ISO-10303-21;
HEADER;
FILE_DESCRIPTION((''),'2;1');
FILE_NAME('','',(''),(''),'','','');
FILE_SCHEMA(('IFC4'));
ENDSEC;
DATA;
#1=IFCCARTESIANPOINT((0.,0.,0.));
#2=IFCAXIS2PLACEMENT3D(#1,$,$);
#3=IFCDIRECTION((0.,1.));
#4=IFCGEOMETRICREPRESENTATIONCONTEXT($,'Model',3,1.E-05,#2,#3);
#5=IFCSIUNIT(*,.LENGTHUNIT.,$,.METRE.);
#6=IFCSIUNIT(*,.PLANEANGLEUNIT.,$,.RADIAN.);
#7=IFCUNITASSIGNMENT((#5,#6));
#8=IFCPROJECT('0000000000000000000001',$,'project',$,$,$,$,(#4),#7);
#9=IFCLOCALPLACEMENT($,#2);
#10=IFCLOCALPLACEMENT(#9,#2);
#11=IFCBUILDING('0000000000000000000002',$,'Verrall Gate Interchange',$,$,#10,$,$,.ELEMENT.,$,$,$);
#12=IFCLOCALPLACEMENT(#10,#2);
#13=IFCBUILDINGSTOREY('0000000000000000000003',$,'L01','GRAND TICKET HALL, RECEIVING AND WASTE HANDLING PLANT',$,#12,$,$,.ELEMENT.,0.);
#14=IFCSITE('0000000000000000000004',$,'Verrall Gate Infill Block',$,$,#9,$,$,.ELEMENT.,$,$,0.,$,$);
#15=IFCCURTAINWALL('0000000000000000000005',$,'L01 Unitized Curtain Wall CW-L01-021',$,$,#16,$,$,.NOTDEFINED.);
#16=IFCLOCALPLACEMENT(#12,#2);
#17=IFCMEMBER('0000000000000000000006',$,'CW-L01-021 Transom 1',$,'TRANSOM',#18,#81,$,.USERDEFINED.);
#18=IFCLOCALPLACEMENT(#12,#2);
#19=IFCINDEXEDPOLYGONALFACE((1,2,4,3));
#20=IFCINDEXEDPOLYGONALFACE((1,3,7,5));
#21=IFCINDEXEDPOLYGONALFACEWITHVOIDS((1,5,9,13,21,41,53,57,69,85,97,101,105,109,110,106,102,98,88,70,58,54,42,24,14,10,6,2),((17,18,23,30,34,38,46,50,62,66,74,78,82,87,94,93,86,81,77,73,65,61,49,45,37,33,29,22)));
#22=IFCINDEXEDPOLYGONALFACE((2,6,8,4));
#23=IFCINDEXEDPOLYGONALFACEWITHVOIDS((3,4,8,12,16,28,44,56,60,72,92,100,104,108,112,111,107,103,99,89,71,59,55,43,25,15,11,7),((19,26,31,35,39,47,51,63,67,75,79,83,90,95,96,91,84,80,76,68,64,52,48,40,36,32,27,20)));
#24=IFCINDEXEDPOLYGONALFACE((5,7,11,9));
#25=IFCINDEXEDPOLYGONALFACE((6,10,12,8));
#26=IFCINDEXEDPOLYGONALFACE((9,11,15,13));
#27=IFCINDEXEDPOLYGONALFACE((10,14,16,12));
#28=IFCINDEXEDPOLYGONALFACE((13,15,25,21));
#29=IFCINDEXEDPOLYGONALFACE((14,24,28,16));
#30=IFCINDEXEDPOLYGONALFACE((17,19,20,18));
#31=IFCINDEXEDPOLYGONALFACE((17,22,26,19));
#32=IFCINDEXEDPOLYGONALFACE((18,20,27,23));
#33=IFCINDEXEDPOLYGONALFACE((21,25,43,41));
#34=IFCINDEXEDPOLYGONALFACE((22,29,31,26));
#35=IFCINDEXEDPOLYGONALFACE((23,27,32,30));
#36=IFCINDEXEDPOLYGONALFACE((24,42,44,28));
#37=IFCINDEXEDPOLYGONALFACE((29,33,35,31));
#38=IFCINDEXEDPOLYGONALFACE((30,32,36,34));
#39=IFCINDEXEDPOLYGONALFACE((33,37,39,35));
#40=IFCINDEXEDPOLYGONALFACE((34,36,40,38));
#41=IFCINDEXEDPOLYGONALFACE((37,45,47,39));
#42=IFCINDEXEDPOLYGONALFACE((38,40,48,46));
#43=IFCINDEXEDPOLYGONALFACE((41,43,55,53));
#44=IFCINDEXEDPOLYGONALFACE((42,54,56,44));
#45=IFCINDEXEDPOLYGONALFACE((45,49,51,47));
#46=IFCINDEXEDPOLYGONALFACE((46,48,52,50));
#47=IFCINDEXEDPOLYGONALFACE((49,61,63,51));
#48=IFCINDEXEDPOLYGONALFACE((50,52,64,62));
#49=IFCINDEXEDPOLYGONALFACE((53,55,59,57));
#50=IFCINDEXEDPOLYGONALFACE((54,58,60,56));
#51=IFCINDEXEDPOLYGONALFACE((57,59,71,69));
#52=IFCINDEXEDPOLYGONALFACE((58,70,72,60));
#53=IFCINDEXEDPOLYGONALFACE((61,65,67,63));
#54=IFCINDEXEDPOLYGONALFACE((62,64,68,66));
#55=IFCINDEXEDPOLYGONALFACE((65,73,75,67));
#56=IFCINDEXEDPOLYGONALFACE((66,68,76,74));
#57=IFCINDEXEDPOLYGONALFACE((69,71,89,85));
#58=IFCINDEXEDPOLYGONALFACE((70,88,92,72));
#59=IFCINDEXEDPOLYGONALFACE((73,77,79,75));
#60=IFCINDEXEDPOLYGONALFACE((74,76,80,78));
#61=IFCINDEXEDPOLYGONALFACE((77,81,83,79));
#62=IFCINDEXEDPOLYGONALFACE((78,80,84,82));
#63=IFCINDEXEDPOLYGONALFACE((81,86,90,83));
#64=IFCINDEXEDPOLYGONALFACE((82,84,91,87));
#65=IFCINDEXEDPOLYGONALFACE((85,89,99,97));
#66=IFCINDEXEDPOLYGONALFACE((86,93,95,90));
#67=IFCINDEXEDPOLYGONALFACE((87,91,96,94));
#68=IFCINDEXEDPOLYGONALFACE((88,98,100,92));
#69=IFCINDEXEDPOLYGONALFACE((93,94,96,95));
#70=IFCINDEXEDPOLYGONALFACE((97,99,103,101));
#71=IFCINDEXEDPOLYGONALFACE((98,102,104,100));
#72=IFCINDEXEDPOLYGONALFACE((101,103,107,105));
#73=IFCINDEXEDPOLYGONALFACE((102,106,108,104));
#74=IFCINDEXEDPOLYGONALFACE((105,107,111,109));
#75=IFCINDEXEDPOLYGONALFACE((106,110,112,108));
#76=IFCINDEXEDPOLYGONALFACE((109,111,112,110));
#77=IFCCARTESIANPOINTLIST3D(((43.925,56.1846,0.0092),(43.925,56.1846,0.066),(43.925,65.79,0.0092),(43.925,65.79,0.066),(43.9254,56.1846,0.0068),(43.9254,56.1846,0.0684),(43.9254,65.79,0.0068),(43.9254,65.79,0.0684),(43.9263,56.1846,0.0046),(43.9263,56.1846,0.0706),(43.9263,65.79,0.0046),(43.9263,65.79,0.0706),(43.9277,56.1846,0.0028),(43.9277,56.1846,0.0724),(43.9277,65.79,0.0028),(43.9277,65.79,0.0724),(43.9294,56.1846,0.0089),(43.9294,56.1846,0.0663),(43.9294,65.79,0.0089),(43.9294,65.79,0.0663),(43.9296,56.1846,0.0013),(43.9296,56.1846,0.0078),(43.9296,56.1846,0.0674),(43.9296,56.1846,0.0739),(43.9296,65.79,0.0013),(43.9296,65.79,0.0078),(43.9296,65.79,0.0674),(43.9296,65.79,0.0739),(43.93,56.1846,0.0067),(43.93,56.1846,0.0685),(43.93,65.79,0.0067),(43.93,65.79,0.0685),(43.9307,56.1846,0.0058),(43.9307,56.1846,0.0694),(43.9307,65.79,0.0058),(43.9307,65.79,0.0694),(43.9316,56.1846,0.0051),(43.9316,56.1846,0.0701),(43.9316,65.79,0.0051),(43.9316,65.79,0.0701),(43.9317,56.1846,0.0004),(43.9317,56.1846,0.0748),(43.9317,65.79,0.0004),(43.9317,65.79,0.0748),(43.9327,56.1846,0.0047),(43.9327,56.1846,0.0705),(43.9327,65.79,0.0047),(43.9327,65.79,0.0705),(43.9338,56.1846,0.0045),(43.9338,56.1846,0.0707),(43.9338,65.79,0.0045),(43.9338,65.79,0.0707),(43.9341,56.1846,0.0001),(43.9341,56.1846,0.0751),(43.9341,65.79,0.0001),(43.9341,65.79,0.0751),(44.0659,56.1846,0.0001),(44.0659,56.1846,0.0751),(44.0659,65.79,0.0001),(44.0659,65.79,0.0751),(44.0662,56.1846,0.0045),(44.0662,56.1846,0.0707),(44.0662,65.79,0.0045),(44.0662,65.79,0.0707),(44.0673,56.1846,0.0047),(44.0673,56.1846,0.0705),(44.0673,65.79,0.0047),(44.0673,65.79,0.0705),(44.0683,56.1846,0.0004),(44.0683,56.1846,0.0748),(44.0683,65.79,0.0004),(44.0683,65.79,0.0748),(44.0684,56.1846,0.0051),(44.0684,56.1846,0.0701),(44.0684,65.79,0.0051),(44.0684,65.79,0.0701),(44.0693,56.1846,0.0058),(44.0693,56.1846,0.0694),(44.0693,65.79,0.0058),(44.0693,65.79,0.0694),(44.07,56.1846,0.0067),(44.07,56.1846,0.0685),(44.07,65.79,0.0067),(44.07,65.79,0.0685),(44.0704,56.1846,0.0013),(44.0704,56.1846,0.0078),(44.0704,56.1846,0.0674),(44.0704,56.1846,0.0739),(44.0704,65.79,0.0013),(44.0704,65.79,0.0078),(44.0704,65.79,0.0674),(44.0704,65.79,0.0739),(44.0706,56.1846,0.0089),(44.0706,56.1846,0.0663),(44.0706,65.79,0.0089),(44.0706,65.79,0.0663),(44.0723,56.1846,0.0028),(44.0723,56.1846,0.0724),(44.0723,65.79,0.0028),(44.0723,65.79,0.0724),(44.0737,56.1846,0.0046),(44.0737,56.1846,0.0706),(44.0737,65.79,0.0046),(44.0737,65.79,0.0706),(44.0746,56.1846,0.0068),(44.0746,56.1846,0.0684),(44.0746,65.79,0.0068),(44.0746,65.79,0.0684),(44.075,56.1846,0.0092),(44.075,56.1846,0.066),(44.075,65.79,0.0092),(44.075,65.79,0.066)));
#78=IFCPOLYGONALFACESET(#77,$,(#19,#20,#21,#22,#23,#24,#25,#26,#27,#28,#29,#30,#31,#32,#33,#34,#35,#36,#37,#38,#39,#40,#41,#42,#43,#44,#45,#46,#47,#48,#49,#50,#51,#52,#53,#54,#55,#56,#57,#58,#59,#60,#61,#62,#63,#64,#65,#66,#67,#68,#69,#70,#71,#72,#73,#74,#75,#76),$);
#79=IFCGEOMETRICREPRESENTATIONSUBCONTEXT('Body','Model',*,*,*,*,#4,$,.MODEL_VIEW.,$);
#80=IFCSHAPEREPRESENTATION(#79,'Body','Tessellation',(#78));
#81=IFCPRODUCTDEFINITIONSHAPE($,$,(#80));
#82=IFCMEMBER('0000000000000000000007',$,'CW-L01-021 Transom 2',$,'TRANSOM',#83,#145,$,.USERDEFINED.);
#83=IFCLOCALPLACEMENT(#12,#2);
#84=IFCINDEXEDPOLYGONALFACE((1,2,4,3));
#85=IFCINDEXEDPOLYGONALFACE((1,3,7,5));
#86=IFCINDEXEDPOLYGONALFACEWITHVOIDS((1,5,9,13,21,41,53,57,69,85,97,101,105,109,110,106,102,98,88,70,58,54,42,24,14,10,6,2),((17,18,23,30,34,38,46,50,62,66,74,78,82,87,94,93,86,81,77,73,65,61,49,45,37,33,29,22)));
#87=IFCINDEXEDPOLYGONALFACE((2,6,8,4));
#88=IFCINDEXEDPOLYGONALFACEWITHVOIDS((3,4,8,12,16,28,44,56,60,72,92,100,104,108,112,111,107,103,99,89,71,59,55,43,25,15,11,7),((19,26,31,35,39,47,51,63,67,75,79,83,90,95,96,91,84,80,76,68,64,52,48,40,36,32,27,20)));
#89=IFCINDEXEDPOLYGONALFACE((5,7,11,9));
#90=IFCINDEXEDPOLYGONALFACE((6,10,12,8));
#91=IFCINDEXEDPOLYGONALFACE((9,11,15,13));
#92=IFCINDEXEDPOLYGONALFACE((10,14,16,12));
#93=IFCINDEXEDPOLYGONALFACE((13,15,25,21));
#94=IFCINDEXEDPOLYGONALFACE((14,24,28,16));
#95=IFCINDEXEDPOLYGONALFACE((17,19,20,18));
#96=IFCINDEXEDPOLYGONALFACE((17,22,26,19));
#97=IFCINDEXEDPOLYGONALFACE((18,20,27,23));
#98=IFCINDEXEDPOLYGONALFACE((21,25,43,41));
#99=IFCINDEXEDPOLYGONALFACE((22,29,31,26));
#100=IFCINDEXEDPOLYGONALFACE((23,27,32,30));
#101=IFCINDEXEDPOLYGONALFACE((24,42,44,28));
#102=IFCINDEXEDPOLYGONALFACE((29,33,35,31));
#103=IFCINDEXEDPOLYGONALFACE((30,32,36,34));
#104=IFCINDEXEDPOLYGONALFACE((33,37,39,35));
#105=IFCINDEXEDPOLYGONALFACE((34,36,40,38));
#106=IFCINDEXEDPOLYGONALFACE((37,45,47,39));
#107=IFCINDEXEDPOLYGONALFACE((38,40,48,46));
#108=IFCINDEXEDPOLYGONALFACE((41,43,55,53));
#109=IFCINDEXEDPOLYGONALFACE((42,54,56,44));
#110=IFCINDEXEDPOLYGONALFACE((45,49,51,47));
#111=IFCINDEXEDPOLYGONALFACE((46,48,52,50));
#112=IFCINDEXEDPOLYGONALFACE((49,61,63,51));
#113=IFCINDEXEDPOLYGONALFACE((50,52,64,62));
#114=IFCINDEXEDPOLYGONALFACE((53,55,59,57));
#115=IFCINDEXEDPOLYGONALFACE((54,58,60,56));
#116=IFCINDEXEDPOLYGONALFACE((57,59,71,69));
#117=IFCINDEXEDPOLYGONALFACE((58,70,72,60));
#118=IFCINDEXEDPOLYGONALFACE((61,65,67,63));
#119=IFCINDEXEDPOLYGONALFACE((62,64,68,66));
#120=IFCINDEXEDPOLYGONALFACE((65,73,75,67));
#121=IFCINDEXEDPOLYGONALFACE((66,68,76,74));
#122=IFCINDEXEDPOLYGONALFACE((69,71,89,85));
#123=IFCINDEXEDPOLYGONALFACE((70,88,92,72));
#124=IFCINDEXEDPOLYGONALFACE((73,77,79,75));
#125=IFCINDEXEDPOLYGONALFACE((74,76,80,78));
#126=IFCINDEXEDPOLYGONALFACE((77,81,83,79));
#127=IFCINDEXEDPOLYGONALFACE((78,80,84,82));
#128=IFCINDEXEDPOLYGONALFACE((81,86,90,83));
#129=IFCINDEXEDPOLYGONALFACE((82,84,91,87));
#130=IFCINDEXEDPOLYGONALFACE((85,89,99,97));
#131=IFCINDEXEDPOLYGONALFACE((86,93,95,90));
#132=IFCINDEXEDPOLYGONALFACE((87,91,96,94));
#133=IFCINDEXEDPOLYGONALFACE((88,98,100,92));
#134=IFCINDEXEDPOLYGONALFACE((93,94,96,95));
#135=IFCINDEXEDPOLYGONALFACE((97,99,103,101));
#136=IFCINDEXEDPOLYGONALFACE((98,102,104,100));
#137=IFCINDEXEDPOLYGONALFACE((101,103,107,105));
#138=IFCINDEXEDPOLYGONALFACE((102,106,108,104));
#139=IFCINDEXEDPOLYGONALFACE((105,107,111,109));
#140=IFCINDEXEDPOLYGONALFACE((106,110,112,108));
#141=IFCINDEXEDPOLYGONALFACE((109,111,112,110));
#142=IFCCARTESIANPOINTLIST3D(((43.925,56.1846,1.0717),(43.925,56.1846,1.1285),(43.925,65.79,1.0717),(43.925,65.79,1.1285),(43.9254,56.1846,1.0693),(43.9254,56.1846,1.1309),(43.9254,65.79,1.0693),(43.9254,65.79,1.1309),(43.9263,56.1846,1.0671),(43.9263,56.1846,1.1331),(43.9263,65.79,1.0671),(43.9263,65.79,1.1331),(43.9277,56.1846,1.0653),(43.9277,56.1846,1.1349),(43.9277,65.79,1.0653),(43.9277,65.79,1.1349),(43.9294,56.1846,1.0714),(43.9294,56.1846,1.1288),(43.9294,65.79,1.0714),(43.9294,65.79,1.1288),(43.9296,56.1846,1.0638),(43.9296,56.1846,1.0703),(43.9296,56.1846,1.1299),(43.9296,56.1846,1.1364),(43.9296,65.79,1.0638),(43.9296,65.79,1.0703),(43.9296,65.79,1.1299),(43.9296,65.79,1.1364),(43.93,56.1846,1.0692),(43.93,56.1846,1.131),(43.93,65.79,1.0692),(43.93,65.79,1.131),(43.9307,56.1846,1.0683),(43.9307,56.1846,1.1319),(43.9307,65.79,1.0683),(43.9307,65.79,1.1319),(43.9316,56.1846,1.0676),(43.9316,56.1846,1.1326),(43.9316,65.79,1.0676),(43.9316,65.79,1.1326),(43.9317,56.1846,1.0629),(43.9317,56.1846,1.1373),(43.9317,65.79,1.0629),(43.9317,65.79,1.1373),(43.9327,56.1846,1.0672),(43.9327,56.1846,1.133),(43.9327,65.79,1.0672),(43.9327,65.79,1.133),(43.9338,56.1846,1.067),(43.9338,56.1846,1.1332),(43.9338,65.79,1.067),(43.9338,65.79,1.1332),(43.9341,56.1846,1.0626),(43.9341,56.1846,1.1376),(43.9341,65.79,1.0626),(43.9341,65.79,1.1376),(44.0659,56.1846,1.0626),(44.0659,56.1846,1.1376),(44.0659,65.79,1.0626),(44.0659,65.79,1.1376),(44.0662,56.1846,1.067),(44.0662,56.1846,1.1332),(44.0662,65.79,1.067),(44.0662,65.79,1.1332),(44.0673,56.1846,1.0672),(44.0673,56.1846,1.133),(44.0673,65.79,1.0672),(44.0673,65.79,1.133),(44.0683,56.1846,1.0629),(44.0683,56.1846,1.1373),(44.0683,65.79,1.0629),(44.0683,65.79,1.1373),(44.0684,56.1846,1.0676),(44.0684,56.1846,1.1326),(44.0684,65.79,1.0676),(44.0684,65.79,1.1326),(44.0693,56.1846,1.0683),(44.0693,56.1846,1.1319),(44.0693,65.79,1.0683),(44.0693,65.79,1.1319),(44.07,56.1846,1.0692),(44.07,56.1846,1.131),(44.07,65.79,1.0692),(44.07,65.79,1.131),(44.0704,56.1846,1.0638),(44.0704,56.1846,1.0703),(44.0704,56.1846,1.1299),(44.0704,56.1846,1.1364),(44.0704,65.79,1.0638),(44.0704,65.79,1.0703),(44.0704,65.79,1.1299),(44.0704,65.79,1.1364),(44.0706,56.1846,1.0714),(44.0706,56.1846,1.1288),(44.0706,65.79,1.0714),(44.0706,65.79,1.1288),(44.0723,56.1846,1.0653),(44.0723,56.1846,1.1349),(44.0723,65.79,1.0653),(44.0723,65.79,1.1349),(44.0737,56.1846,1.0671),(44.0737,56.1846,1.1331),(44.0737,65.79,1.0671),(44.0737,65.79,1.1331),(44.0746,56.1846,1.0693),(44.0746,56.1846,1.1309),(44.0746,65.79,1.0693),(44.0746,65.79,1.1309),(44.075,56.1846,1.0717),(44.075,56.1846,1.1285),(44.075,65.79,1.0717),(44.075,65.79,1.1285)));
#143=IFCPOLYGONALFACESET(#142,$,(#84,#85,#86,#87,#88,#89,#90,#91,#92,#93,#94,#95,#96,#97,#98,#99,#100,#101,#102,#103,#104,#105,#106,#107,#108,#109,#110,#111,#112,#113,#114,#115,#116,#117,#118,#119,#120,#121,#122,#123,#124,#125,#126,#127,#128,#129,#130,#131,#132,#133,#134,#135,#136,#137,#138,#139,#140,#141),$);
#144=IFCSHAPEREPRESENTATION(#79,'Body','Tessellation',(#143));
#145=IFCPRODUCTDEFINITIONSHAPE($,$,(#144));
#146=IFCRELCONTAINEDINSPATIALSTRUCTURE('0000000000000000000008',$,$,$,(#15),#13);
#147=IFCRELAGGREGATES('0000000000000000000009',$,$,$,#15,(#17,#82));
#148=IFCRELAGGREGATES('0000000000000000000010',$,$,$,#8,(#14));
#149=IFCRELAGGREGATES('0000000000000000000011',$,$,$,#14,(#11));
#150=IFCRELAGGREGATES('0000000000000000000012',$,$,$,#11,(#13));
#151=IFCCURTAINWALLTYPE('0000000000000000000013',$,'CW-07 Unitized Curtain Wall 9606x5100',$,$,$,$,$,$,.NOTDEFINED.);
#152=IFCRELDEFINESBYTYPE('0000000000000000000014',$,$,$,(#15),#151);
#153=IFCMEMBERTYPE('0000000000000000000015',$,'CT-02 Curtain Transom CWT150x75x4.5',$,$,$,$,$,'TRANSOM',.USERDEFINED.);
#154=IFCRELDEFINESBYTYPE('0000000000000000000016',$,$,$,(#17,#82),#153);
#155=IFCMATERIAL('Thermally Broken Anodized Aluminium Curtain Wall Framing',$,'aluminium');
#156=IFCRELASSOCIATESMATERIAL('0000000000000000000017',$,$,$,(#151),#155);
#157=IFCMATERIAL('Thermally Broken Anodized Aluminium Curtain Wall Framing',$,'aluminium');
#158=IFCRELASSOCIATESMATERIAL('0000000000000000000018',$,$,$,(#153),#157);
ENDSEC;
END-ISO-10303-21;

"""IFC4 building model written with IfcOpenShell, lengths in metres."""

from ifc_helpers import new_model, si_unit, direction, frame, origin, origin_2d, place, context, subcontext, project, spatial, hollow_rectangle, extrude, material, material_profile, profile_set, type_object, element, aggregate, save


model = new_model("IFC4")

# Units and contexts
model_context = context("Model", 3, precision=1e-05, world=origin(), true_north=direction((0.0, 1.0)))
body_context = subcontext(model_context, "Body", "Model", "MODEL_VIEW")
ifc_project = project(units=[si_unit("LENGTHUNIT", "METRE"), si_unit("PLANEANGLEUNIT", "RADIAN")], contexts=[model_context])

# Site, building, storey
site_placement = place(None, origin())
site = spatial("IfcSite", under=ifc_project, at=site_placement, Name="Verrall Gate Infill Block", CompositionType="ELEMENT", RefElevation=0.0)
building_placement = place(site_placement, origin())
building = spatial("IfcBuilding", under=site, at=building_placement, Name="Verrall Gate Interchange", CompositionType="ELEMENT")
storey_placement = place(building_placement, origin())
storey = spatial("IfcBuildingStorey", under=building, at=storey_placement, Name="L01", Description="GRAND TICKET HALL, RECEIVING AND WASTE HANDLING PLANT", CompositionType="ELEMENT", Elevation=0.0)

# Curtain wall, members
ifc_material_1 = material(Name="Thermally Broken Anodized Aluminium Curtain Wall Framing", Category="aluminium")
curtain_wall_type = type_object("IfcCurtainWallType", Name="CW-07 Unitized Curtain Wall 9606x5100", PredefinedType="NOTDEFINED", material=ifc_material_1)
curtain_wall_placement = place(storey_placement, origin())
curtain_wall = element("IfcCurtainWall", 1, at=curtain_wall_placement, inside=storey, type_object=curtain_wall_type, Name="L01 Unitized Curtain Wall CW-L01-021", PredefinedType="NOTDEFINED")
ifc_material_2 = material(Name="Thermally Broken Anodized Aluminium Curtain Wall Framing", Category="aluminium")
ifc_material_profile_1 = material_profile(ifc_material_2, hollow_rectangle(XDim=0.1499, YDim=0.075, WallThickness=0.0044, InnerFilletRadius=0.0044, OuterFilletRadius=0.009, at=origin_2d()), Name="CWT150x75x4.5")
ifc_profile_set_1 = profile_set([ifc_material_profile_1], Name="Thermally Broken Anodized Aluminium Curtain Wall Framing")
member_type_1 = type_object("IfcMemberType", Name="CT-02 Curtain Transom CWT150x75x4.5", ElementType="TRANSOM", PredefinedType="USERDEFINED", material=ifc_profile_set_1)
member_1_placement = place(storey_placement, frame((44.0, 56.1846, 0.0376), z_axis=(0.0, 1.0, 0.0), x_axis=(-1.0, 0.0, 0.0)))
member_1 = element("IfcMember", 2, at=member_1_placement, type_object=member_type_1, Name="CW-L01-021 Transom 1", ObjectType="TRANSOM", PredefinedType="USERDEFINED", context=body_context, shape_type="SweptSolid", body=[
    extrude(hollow_rectangle(XDim=0.1499, YDim=0.075, WallThickness=0.0044, InnerFilletRadius=0.0044, OuterFilletRadius=0.009, at=origin_2d()), origin(), (0.0, 0.0, 1.0), 9.6055),
])
member_2_placement = place(storey_placement, frame((44.0, 56.1846, 1.1001), z_axis=(0.0, 1.0, 0.0), x_axis=(-1.0, 0.0, 0.0)))
member_2 = element("IfcMember", 3, at=member_2_placement, type_object=member_type_1, Name="CW-L01-021 Transom 2", ObjectType="TRANSOM", PredefinedType="USERDEFINED", context=body_context, shape_type="SweptSolid", body=[
    extrude(hollow_rectangle(XDim=0.1499, YDim=0.075, WallThickness=0.0044, InnerFilletRadius=0.0044, OuterFilletRadius=0.009, at=origin_2d()), origin(), (0.0, 0.0, 1.0), 9.6055),
])

aggregate(curtain_wall, [member_1, member_2])

save(model, "model.ifc")
